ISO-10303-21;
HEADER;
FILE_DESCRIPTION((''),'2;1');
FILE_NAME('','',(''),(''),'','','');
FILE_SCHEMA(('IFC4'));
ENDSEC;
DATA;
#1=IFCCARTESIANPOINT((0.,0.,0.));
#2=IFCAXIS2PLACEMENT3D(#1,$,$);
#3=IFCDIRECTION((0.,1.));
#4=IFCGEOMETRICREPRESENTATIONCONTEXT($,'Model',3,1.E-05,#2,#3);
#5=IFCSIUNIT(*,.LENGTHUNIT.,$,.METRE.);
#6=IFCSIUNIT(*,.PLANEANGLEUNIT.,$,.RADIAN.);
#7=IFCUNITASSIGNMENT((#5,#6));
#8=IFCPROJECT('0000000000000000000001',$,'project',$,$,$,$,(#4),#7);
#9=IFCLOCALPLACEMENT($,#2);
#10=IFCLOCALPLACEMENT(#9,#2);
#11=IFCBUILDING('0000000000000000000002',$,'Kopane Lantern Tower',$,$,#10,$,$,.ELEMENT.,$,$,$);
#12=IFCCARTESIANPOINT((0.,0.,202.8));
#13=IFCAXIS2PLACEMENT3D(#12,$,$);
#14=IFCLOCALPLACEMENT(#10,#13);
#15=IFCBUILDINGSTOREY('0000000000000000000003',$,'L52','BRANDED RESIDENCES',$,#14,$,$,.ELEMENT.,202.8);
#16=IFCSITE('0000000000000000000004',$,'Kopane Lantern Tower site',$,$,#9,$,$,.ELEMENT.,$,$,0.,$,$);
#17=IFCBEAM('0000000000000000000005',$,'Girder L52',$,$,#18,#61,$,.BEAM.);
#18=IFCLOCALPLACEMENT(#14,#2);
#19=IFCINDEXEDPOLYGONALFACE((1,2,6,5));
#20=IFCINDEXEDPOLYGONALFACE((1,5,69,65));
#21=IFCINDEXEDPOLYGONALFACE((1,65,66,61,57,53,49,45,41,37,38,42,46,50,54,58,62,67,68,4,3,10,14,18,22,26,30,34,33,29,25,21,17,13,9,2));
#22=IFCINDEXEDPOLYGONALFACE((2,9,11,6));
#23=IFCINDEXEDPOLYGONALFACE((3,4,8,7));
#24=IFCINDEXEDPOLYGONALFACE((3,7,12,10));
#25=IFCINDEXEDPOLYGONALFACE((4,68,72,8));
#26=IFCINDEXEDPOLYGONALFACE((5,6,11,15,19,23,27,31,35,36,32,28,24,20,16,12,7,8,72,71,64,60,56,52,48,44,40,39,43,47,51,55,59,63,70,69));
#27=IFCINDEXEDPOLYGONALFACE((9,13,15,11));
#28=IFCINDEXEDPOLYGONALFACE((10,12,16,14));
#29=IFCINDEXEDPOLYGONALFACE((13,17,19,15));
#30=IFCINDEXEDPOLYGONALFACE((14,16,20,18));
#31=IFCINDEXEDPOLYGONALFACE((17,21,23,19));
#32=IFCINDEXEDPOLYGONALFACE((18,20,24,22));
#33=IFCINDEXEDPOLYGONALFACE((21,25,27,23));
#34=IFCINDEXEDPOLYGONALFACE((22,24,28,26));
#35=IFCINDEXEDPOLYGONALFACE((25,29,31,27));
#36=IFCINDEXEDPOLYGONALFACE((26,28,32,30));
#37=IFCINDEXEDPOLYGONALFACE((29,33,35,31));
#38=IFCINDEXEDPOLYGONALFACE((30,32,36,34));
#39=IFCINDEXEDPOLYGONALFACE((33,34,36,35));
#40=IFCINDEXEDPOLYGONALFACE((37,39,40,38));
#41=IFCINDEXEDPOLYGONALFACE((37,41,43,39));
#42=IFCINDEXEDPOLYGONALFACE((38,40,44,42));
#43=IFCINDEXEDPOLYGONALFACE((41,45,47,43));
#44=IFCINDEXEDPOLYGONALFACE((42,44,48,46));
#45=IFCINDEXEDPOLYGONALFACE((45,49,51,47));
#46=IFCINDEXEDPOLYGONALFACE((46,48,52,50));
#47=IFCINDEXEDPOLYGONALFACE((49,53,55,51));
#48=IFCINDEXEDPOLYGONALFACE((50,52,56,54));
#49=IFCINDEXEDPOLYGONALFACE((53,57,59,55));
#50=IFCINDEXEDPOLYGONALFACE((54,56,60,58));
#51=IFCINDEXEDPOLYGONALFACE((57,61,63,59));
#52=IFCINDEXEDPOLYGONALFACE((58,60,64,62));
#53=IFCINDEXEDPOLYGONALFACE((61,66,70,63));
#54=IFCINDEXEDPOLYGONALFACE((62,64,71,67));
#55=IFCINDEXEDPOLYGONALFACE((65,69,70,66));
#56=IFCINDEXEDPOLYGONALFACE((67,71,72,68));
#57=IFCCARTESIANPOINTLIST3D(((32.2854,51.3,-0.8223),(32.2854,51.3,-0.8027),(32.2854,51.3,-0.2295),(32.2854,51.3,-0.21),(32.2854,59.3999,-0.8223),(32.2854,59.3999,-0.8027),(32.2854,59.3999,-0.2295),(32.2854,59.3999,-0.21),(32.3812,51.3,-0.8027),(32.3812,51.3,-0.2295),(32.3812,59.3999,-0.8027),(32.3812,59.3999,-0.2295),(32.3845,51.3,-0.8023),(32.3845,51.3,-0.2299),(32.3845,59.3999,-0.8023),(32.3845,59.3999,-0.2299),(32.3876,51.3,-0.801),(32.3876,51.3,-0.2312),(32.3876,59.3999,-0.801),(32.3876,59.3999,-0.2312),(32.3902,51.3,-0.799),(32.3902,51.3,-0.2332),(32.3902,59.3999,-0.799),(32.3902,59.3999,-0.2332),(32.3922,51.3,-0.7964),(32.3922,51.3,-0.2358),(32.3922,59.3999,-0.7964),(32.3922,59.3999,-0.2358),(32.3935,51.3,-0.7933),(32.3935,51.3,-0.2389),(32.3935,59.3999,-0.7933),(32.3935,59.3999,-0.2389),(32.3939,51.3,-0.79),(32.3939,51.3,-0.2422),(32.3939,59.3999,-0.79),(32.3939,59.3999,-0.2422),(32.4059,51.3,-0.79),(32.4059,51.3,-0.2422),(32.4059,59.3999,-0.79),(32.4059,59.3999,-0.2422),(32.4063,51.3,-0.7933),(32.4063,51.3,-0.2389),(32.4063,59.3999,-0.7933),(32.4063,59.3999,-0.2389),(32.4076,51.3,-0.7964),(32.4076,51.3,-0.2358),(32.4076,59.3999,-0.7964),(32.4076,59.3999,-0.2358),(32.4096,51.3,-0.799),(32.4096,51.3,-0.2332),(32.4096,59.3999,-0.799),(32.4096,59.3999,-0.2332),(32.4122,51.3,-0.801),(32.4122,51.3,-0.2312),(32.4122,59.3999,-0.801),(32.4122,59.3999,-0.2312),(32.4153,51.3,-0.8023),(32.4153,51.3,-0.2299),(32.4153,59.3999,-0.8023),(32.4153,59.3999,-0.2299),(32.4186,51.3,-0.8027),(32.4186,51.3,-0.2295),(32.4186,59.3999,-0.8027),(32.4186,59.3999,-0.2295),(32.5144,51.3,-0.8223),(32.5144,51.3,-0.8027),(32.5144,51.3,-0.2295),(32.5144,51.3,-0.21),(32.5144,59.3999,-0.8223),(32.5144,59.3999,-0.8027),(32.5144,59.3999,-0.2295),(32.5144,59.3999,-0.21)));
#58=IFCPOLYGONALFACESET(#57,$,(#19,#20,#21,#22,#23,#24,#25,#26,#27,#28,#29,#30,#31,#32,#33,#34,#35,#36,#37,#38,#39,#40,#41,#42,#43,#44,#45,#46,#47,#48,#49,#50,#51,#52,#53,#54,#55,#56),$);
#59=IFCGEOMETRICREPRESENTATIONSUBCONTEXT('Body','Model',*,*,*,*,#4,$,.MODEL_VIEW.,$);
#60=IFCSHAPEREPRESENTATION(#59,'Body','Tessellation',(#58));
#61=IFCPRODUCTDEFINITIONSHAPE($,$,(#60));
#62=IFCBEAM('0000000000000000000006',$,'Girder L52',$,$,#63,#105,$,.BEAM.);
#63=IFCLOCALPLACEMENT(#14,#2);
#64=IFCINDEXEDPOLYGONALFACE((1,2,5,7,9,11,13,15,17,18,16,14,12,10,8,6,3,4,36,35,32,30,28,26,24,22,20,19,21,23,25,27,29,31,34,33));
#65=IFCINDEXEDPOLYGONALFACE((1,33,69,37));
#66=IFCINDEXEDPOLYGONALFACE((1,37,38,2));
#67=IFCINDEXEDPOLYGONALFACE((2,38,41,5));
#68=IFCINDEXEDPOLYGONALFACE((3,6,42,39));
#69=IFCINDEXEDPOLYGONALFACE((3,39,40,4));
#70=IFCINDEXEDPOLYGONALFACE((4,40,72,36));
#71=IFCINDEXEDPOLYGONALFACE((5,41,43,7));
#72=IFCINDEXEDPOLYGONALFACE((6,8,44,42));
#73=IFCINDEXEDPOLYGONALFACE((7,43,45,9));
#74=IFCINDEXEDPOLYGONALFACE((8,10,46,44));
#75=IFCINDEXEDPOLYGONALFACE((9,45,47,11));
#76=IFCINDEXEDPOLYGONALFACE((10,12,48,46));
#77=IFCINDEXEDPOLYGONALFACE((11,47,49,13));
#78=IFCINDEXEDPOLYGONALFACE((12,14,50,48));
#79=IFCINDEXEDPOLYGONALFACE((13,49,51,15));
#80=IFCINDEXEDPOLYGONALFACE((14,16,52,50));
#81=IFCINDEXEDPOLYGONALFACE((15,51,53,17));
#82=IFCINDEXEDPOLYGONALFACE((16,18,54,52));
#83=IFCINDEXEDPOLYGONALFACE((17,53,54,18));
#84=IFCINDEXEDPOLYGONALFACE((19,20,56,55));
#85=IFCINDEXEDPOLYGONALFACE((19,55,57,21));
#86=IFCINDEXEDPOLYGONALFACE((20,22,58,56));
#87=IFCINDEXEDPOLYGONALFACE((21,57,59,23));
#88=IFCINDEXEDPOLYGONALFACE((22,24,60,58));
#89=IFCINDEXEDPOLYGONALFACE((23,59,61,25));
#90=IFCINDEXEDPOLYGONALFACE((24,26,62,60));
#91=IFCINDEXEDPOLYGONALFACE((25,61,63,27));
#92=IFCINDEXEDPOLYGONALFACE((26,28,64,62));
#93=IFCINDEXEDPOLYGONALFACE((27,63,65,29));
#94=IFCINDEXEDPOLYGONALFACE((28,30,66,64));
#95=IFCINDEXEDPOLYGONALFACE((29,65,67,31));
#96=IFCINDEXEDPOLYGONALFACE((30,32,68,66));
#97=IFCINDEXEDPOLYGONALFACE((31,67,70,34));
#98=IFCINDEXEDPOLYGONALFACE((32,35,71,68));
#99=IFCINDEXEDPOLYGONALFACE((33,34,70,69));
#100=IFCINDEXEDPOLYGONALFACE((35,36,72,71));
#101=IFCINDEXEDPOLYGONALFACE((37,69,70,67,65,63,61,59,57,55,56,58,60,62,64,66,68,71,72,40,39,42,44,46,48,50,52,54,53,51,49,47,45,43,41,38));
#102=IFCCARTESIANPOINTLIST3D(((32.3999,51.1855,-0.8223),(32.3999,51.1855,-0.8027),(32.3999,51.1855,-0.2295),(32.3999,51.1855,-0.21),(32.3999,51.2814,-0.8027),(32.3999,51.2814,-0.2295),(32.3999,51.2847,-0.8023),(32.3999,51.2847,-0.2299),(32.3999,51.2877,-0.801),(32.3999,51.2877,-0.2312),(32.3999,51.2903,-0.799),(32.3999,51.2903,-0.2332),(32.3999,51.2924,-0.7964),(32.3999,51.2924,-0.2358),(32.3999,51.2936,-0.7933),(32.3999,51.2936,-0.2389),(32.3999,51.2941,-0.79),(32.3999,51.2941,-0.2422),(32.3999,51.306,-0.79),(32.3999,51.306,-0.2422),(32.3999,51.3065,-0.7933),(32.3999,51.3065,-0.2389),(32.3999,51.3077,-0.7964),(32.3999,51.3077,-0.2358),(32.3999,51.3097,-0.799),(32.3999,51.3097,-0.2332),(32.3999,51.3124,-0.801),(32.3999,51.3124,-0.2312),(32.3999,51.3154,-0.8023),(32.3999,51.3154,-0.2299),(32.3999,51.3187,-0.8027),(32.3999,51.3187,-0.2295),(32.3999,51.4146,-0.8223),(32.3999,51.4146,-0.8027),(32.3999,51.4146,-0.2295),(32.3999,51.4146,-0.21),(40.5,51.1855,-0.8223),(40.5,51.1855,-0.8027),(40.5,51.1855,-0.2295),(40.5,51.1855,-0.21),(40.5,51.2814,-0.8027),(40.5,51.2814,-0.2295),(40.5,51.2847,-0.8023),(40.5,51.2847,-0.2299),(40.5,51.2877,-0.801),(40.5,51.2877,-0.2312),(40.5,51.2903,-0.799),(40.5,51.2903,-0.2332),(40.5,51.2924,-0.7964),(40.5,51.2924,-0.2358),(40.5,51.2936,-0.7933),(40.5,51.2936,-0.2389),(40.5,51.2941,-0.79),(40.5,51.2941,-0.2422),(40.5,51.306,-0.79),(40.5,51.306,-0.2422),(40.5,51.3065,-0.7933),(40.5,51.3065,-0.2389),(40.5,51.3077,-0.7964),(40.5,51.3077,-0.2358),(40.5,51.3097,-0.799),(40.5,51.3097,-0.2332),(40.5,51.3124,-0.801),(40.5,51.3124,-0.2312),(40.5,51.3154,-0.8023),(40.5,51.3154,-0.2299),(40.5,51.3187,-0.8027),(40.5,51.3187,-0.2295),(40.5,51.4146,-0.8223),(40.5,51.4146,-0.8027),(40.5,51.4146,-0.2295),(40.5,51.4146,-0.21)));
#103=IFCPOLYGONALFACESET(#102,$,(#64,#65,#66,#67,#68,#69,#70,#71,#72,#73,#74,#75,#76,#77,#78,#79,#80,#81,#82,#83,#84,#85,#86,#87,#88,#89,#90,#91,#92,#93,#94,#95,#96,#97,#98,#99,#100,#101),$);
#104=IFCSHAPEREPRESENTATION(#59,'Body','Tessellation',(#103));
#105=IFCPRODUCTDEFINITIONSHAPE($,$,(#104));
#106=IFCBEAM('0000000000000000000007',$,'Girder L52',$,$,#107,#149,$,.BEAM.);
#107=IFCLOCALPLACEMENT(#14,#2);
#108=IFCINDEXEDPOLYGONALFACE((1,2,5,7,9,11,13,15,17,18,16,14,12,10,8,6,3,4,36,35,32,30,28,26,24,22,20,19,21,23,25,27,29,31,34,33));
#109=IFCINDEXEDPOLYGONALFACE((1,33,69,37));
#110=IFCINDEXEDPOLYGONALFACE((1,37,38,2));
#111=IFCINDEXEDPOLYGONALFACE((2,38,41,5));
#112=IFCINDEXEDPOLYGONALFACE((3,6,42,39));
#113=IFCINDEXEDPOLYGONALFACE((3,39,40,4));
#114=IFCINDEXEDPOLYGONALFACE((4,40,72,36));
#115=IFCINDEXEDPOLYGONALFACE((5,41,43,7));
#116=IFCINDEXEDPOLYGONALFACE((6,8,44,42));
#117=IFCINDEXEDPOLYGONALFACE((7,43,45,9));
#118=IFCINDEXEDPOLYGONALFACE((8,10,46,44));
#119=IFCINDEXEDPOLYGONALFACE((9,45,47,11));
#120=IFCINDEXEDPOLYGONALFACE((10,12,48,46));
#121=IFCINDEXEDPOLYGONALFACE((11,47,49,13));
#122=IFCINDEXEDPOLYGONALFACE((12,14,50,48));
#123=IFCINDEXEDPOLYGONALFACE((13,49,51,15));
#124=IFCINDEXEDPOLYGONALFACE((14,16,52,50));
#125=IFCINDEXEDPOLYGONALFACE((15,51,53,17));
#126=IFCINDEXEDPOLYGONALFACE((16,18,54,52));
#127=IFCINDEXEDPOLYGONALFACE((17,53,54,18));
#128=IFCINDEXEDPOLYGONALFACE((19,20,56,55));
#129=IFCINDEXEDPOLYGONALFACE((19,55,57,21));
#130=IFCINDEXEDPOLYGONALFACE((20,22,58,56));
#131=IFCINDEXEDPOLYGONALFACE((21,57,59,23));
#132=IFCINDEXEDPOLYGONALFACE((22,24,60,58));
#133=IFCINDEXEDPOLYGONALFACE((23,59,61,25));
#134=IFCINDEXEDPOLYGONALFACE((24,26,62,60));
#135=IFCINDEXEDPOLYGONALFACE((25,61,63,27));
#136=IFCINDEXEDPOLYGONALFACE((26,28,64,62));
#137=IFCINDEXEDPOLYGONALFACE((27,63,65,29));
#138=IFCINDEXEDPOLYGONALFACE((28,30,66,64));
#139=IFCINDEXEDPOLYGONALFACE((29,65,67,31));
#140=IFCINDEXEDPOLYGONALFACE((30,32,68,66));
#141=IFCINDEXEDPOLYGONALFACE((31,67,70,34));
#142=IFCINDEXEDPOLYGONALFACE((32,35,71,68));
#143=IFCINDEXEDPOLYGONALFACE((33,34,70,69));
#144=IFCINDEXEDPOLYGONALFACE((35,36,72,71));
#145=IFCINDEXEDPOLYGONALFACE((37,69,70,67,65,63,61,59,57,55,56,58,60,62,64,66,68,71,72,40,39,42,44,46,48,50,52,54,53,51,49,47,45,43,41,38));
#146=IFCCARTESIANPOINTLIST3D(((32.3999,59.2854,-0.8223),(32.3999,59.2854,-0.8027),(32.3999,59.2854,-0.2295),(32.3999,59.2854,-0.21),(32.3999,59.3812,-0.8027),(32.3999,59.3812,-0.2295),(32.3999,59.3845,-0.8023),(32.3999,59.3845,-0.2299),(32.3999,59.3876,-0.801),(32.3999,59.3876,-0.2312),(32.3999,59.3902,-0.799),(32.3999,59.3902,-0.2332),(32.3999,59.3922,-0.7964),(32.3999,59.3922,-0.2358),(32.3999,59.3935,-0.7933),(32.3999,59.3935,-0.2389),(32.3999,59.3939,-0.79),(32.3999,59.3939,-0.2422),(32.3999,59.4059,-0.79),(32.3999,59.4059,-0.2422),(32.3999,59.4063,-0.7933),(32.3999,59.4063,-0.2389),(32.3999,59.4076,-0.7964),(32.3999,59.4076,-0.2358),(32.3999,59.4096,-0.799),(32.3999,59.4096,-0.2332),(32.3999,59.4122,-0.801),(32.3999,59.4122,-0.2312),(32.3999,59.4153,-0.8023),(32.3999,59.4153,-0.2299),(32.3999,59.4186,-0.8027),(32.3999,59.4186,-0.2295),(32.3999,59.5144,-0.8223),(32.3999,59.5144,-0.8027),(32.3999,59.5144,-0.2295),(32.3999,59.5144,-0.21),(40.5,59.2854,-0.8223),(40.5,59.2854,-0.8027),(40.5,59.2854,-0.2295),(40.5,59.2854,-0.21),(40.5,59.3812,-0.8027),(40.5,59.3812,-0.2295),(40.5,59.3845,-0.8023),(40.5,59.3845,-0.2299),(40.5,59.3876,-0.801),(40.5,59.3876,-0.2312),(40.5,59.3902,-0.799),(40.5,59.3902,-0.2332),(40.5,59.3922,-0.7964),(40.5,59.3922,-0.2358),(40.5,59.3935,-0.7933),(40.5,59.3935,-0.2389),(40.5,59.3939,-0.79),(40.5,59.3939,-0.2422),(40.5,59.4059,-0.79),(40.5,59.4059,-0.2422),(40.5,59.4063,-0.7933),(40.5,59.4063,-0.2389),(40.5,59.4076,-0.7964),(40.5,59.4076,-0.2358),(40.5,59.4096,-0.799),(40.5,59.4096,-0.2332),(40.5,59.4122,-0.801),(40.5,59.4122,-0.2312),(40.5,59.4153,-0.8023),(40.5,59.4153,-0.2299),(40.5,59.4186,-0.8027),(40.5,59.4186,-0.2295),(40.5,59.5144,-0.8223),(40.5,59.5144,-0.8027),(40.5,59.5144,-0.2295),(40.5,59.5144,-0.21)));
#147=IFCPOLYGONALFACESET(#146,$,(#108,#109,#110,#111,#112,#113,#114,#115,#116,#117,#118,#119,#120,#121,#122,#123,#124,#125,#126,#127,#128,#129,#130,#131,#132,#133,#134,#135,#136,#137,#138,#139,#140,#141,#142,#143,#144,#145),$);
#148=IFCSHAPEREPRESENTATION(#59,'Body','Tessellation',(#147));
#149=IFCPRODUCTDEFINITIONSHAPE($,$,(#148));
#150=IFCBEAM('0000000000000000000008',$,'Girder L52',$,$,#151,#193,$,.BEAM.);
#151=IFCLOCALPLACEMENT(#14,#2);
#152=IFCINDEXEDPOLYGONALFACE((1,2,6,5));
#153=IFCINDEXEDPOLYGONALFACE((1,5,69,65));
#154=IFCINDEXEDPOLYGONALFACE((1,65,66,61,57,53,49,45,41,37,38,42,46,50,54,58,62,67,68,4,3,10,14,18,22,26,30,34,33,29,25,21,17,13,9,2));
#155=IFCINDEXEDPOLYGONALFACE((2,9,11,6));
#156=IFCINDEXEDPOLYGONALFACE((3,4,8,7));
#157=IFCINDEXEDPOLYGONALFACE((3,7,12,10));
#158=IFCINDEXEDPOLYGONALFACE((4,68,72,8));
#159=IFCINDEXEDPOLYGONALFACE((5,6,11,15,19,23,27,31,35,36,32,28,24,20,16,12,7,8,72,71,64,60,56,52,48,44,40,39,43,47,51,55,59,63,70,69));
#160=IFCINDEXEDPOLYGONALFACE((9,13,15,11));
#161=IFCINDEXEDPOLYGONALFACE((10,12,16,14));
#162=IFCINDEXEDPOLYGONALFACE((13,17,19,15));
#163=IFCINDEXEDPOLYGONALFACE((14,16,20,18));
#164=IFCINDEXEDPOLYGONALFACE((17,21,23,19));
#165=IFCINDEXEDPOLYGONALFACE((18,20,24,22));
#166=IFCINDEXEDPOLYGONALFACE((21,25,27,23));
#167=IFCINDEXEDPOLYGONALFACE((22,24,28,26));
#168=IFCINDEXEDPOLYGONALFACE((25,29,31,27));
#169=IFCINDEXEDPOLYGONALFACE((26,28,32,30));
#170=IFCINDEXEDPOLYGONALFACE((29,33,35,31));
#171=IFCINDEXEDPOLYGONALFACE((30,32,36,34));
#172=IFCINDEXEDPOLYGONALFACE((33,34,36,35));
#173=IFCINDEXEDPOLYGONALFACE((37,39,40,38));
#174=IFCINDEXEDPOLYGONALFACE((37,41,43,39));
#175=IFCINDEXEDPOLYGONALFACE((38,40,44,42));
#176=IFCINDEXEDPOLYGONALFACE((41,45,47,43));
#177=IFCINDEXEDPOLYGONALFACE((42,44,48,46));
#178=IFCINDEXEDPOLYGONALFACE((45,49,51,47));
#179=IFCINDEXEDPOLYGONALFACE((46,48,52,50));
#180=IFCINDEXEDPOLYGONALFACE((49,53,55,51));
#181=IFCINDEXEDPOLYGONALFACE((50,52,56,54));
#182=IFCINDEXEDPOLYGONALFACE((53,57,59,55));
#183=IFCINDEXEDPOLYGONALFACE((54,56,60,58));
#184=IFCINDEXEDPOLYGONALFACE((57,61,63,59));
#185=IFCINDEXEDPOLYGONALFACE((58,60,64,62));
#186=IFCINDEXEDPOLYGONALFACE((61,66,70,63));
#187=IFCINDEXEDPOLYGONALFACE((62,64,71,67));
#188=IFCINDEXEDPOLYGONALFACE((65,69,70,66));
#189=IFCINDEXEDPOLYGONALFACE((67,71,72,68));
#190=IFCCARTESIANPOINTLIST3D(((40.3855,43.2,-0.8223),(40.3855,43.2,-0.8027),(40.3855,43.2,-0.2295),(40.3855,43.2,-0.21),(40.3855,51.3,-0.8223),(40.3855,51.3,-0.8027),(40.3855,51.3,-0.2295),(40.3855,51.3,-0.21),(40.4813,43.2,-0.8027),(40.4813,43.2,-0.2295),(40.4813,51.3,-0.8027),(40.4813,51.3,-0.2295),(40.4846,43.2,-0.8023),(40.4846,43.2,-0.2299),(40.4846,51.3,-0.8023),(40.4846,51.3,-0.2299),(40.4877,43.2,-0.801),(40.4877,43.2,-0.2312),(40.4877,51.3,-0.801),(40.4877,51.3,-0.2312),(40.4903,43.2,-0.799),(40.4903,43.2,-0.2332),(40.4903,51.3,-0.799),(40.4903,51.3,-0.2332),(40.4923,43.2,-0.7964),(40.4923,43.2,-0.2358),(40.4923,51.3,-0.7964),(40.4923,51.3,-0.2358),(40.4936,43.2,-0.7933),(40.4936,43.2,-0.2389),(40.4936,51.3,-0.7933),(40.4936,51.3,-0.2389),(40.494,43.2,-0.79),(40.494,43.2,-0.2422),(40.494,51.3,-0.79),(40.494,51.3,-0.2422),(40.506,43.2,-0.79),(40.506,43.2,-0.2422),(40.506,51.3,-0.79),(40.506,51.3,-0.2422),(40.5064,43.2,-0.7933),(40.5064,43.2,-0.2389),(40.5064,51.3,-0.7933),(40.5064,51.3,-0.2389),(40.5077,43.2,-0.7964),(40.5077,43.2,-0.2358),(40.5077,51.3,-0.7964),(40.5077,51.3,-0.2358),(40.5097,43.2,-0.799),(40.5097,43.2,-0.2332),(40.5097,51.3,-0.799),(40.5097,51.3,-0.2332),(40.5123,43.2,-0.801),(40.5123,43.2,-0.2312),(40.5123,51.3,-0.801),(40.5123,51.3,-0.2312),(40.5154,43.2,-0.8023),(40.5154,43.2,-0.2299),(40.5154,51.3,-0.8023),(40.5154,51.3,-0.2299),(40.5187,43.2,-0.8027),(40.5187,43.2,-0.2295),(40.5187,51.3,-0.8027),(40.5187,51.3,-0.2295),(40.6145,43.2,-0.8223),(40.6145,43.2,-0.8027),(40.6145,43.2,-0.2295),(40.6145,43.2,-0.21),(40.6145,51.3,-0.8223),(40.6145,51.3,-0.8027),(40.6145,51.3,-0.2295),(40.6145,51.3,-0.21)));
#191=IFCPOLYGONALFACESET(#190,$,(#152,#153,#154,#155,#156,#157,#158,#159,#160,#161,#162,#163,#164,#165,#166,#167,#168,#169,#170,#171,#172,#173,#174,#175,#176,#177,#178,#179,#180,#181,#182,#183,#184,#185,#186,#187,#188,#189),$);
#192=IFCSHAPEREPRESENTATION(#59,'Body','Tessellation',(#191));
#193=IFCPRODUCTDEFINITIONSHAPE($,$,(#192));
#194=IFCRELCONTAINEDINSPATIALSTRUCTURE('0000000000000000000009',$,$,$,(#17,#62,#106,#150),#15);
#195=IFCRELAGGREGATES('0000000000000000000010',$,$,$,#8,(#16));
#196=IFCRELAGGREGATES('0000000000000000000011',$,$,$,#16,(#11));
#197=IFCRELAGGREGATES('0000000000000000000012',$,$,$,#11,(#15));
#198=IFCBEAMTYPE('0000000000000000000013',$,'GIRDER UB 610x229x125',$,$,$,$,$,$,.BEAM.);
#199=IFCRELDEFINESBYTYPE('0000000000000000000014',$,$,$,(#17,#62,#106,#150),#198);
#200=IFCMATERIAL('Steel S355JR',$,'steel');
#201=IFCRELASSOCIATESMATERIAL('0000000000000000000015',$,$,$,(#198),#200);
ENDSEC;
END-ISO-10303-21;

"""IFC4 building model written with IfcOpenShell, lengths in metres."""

from ifc_helpers import new_model, si_unit, direction, frame, origin, origin_2d, place, context, subcontext, project, spatial, i_section, extrude, material, material_profile, profile_set, type_object, element, save


model = new_model("IFC4")

# Units and contexts
model_context = context("Model", 3, precision=1e-05, world=origin(), true_north=direction((0.0, 1.0)))
body_context = subcontext(model_context, "Body", "Model", "MODEL_VIEW")
ifc_project = project(units=[si_unit("LENGTHUNIT", "METRE"), si_unit("PLANEANGLEUNIT", "RADIAN")], contexts=[model_context])

# Site, building, storey
site_placement = place(None, origin())
site = spatial("IfcSite", under=ifc_project, at=site_placement, Name="Kopane Lantern Tower site", CompositionType="ELEMENT", RefElevation=0.0)
building_placement = place(site_placement, origin())
building = spatial("IfcBuilding", under=site, at=building_placement, Name="Kopane Lantern Tower", CompositionType="ELEMENT")
storey_placement = place(building_placement, frame((0.0, 0.0, 202.8)))
storey = spatial("IfcBuildingStorey", under=building, at=storey_placement, Name="L52", Description="BRANDED RESIDENCES", CompositionType="ELEMENT", Elevation=202.8)

# Beams
ifc_material_1 = material(Name="Steel S355JR", Category="steel")
ifc_material_profile_1 = material_profile(ifc_material_1, i_section(OverallWidth=0.229, OverallDepth=0.6123, WebThickness=0.012, FlangeThickness=0.0195, FilletRadius=0.0127, at=origin_2d()), Name="UB 610x229x125")
ifc_profile_set_1 = profile_set([ifc_material_profile_1], Name="Steel S355JR")
beam_type = type_object("IfcBeamType", Name="GIRDER UB 610x229x125", PredefinedType="BEAM", material=ifc_profile_set_1)
beam_placement = place(storey_placement, frame((32.3999, 51.3, -0.5161), z_axis=(0.0, 1.0, 0.0), x_axis=(-1.0, 0.0, 0.0)))
element("IfcBeam", 1, at=beam_placement, inside=storey, type_object=beam_type, Name="Girder L52", PredefinedType="BEAM", context=body_context, shape_type="SweptSolid", body=[
    extrude(i_section(OverallWidth=0.229, OverallDepth=0.6123, WebThickness=0.012, FlangeThickness=0.0195, FilletRadius=0.0127, at=origin_2d()), origin(), (0.0, 0.0, 1.0), 8.0999),
])
for number, where, z_axis, x_axis, name in (
    (2, (32.3999, 51.3, -0.5161), (1.0, 0.0, 0.0), (0.0, 1.0, 0.0), "Girder L52"),
    (3, (32.3999, 59.3999, -0.5161), (1.0, 0.0, 0.0), (0.0, 1.0, 0.0), "Girder L52"),
    (4, (40.5, 43.2, -0.5161), (0.0, 1.0, 0.0), (-1.0, 0.0, 0.0), "Girder L52"),
):
    element("IfcBeam", number, at=place(storey_placement, frame(where, z_axis=z_axis, x_axis=x_axis)), inside=storey, type_object=beam_type, Name=name, PredefinedType="BEAM", context=body_context, shape_type="SweptSolid", body=[
        extrude(i_section(OverallWidth=0.229, OverallDepth=0.6123, WebThickness=0.012, FlangeThickness=0.0195, FilletRadius=0.0127, at=origin_2d()), origin(), (0.0, 0.0, 1.0), 8.1001),
    ])

save(model, "model.ifc")
